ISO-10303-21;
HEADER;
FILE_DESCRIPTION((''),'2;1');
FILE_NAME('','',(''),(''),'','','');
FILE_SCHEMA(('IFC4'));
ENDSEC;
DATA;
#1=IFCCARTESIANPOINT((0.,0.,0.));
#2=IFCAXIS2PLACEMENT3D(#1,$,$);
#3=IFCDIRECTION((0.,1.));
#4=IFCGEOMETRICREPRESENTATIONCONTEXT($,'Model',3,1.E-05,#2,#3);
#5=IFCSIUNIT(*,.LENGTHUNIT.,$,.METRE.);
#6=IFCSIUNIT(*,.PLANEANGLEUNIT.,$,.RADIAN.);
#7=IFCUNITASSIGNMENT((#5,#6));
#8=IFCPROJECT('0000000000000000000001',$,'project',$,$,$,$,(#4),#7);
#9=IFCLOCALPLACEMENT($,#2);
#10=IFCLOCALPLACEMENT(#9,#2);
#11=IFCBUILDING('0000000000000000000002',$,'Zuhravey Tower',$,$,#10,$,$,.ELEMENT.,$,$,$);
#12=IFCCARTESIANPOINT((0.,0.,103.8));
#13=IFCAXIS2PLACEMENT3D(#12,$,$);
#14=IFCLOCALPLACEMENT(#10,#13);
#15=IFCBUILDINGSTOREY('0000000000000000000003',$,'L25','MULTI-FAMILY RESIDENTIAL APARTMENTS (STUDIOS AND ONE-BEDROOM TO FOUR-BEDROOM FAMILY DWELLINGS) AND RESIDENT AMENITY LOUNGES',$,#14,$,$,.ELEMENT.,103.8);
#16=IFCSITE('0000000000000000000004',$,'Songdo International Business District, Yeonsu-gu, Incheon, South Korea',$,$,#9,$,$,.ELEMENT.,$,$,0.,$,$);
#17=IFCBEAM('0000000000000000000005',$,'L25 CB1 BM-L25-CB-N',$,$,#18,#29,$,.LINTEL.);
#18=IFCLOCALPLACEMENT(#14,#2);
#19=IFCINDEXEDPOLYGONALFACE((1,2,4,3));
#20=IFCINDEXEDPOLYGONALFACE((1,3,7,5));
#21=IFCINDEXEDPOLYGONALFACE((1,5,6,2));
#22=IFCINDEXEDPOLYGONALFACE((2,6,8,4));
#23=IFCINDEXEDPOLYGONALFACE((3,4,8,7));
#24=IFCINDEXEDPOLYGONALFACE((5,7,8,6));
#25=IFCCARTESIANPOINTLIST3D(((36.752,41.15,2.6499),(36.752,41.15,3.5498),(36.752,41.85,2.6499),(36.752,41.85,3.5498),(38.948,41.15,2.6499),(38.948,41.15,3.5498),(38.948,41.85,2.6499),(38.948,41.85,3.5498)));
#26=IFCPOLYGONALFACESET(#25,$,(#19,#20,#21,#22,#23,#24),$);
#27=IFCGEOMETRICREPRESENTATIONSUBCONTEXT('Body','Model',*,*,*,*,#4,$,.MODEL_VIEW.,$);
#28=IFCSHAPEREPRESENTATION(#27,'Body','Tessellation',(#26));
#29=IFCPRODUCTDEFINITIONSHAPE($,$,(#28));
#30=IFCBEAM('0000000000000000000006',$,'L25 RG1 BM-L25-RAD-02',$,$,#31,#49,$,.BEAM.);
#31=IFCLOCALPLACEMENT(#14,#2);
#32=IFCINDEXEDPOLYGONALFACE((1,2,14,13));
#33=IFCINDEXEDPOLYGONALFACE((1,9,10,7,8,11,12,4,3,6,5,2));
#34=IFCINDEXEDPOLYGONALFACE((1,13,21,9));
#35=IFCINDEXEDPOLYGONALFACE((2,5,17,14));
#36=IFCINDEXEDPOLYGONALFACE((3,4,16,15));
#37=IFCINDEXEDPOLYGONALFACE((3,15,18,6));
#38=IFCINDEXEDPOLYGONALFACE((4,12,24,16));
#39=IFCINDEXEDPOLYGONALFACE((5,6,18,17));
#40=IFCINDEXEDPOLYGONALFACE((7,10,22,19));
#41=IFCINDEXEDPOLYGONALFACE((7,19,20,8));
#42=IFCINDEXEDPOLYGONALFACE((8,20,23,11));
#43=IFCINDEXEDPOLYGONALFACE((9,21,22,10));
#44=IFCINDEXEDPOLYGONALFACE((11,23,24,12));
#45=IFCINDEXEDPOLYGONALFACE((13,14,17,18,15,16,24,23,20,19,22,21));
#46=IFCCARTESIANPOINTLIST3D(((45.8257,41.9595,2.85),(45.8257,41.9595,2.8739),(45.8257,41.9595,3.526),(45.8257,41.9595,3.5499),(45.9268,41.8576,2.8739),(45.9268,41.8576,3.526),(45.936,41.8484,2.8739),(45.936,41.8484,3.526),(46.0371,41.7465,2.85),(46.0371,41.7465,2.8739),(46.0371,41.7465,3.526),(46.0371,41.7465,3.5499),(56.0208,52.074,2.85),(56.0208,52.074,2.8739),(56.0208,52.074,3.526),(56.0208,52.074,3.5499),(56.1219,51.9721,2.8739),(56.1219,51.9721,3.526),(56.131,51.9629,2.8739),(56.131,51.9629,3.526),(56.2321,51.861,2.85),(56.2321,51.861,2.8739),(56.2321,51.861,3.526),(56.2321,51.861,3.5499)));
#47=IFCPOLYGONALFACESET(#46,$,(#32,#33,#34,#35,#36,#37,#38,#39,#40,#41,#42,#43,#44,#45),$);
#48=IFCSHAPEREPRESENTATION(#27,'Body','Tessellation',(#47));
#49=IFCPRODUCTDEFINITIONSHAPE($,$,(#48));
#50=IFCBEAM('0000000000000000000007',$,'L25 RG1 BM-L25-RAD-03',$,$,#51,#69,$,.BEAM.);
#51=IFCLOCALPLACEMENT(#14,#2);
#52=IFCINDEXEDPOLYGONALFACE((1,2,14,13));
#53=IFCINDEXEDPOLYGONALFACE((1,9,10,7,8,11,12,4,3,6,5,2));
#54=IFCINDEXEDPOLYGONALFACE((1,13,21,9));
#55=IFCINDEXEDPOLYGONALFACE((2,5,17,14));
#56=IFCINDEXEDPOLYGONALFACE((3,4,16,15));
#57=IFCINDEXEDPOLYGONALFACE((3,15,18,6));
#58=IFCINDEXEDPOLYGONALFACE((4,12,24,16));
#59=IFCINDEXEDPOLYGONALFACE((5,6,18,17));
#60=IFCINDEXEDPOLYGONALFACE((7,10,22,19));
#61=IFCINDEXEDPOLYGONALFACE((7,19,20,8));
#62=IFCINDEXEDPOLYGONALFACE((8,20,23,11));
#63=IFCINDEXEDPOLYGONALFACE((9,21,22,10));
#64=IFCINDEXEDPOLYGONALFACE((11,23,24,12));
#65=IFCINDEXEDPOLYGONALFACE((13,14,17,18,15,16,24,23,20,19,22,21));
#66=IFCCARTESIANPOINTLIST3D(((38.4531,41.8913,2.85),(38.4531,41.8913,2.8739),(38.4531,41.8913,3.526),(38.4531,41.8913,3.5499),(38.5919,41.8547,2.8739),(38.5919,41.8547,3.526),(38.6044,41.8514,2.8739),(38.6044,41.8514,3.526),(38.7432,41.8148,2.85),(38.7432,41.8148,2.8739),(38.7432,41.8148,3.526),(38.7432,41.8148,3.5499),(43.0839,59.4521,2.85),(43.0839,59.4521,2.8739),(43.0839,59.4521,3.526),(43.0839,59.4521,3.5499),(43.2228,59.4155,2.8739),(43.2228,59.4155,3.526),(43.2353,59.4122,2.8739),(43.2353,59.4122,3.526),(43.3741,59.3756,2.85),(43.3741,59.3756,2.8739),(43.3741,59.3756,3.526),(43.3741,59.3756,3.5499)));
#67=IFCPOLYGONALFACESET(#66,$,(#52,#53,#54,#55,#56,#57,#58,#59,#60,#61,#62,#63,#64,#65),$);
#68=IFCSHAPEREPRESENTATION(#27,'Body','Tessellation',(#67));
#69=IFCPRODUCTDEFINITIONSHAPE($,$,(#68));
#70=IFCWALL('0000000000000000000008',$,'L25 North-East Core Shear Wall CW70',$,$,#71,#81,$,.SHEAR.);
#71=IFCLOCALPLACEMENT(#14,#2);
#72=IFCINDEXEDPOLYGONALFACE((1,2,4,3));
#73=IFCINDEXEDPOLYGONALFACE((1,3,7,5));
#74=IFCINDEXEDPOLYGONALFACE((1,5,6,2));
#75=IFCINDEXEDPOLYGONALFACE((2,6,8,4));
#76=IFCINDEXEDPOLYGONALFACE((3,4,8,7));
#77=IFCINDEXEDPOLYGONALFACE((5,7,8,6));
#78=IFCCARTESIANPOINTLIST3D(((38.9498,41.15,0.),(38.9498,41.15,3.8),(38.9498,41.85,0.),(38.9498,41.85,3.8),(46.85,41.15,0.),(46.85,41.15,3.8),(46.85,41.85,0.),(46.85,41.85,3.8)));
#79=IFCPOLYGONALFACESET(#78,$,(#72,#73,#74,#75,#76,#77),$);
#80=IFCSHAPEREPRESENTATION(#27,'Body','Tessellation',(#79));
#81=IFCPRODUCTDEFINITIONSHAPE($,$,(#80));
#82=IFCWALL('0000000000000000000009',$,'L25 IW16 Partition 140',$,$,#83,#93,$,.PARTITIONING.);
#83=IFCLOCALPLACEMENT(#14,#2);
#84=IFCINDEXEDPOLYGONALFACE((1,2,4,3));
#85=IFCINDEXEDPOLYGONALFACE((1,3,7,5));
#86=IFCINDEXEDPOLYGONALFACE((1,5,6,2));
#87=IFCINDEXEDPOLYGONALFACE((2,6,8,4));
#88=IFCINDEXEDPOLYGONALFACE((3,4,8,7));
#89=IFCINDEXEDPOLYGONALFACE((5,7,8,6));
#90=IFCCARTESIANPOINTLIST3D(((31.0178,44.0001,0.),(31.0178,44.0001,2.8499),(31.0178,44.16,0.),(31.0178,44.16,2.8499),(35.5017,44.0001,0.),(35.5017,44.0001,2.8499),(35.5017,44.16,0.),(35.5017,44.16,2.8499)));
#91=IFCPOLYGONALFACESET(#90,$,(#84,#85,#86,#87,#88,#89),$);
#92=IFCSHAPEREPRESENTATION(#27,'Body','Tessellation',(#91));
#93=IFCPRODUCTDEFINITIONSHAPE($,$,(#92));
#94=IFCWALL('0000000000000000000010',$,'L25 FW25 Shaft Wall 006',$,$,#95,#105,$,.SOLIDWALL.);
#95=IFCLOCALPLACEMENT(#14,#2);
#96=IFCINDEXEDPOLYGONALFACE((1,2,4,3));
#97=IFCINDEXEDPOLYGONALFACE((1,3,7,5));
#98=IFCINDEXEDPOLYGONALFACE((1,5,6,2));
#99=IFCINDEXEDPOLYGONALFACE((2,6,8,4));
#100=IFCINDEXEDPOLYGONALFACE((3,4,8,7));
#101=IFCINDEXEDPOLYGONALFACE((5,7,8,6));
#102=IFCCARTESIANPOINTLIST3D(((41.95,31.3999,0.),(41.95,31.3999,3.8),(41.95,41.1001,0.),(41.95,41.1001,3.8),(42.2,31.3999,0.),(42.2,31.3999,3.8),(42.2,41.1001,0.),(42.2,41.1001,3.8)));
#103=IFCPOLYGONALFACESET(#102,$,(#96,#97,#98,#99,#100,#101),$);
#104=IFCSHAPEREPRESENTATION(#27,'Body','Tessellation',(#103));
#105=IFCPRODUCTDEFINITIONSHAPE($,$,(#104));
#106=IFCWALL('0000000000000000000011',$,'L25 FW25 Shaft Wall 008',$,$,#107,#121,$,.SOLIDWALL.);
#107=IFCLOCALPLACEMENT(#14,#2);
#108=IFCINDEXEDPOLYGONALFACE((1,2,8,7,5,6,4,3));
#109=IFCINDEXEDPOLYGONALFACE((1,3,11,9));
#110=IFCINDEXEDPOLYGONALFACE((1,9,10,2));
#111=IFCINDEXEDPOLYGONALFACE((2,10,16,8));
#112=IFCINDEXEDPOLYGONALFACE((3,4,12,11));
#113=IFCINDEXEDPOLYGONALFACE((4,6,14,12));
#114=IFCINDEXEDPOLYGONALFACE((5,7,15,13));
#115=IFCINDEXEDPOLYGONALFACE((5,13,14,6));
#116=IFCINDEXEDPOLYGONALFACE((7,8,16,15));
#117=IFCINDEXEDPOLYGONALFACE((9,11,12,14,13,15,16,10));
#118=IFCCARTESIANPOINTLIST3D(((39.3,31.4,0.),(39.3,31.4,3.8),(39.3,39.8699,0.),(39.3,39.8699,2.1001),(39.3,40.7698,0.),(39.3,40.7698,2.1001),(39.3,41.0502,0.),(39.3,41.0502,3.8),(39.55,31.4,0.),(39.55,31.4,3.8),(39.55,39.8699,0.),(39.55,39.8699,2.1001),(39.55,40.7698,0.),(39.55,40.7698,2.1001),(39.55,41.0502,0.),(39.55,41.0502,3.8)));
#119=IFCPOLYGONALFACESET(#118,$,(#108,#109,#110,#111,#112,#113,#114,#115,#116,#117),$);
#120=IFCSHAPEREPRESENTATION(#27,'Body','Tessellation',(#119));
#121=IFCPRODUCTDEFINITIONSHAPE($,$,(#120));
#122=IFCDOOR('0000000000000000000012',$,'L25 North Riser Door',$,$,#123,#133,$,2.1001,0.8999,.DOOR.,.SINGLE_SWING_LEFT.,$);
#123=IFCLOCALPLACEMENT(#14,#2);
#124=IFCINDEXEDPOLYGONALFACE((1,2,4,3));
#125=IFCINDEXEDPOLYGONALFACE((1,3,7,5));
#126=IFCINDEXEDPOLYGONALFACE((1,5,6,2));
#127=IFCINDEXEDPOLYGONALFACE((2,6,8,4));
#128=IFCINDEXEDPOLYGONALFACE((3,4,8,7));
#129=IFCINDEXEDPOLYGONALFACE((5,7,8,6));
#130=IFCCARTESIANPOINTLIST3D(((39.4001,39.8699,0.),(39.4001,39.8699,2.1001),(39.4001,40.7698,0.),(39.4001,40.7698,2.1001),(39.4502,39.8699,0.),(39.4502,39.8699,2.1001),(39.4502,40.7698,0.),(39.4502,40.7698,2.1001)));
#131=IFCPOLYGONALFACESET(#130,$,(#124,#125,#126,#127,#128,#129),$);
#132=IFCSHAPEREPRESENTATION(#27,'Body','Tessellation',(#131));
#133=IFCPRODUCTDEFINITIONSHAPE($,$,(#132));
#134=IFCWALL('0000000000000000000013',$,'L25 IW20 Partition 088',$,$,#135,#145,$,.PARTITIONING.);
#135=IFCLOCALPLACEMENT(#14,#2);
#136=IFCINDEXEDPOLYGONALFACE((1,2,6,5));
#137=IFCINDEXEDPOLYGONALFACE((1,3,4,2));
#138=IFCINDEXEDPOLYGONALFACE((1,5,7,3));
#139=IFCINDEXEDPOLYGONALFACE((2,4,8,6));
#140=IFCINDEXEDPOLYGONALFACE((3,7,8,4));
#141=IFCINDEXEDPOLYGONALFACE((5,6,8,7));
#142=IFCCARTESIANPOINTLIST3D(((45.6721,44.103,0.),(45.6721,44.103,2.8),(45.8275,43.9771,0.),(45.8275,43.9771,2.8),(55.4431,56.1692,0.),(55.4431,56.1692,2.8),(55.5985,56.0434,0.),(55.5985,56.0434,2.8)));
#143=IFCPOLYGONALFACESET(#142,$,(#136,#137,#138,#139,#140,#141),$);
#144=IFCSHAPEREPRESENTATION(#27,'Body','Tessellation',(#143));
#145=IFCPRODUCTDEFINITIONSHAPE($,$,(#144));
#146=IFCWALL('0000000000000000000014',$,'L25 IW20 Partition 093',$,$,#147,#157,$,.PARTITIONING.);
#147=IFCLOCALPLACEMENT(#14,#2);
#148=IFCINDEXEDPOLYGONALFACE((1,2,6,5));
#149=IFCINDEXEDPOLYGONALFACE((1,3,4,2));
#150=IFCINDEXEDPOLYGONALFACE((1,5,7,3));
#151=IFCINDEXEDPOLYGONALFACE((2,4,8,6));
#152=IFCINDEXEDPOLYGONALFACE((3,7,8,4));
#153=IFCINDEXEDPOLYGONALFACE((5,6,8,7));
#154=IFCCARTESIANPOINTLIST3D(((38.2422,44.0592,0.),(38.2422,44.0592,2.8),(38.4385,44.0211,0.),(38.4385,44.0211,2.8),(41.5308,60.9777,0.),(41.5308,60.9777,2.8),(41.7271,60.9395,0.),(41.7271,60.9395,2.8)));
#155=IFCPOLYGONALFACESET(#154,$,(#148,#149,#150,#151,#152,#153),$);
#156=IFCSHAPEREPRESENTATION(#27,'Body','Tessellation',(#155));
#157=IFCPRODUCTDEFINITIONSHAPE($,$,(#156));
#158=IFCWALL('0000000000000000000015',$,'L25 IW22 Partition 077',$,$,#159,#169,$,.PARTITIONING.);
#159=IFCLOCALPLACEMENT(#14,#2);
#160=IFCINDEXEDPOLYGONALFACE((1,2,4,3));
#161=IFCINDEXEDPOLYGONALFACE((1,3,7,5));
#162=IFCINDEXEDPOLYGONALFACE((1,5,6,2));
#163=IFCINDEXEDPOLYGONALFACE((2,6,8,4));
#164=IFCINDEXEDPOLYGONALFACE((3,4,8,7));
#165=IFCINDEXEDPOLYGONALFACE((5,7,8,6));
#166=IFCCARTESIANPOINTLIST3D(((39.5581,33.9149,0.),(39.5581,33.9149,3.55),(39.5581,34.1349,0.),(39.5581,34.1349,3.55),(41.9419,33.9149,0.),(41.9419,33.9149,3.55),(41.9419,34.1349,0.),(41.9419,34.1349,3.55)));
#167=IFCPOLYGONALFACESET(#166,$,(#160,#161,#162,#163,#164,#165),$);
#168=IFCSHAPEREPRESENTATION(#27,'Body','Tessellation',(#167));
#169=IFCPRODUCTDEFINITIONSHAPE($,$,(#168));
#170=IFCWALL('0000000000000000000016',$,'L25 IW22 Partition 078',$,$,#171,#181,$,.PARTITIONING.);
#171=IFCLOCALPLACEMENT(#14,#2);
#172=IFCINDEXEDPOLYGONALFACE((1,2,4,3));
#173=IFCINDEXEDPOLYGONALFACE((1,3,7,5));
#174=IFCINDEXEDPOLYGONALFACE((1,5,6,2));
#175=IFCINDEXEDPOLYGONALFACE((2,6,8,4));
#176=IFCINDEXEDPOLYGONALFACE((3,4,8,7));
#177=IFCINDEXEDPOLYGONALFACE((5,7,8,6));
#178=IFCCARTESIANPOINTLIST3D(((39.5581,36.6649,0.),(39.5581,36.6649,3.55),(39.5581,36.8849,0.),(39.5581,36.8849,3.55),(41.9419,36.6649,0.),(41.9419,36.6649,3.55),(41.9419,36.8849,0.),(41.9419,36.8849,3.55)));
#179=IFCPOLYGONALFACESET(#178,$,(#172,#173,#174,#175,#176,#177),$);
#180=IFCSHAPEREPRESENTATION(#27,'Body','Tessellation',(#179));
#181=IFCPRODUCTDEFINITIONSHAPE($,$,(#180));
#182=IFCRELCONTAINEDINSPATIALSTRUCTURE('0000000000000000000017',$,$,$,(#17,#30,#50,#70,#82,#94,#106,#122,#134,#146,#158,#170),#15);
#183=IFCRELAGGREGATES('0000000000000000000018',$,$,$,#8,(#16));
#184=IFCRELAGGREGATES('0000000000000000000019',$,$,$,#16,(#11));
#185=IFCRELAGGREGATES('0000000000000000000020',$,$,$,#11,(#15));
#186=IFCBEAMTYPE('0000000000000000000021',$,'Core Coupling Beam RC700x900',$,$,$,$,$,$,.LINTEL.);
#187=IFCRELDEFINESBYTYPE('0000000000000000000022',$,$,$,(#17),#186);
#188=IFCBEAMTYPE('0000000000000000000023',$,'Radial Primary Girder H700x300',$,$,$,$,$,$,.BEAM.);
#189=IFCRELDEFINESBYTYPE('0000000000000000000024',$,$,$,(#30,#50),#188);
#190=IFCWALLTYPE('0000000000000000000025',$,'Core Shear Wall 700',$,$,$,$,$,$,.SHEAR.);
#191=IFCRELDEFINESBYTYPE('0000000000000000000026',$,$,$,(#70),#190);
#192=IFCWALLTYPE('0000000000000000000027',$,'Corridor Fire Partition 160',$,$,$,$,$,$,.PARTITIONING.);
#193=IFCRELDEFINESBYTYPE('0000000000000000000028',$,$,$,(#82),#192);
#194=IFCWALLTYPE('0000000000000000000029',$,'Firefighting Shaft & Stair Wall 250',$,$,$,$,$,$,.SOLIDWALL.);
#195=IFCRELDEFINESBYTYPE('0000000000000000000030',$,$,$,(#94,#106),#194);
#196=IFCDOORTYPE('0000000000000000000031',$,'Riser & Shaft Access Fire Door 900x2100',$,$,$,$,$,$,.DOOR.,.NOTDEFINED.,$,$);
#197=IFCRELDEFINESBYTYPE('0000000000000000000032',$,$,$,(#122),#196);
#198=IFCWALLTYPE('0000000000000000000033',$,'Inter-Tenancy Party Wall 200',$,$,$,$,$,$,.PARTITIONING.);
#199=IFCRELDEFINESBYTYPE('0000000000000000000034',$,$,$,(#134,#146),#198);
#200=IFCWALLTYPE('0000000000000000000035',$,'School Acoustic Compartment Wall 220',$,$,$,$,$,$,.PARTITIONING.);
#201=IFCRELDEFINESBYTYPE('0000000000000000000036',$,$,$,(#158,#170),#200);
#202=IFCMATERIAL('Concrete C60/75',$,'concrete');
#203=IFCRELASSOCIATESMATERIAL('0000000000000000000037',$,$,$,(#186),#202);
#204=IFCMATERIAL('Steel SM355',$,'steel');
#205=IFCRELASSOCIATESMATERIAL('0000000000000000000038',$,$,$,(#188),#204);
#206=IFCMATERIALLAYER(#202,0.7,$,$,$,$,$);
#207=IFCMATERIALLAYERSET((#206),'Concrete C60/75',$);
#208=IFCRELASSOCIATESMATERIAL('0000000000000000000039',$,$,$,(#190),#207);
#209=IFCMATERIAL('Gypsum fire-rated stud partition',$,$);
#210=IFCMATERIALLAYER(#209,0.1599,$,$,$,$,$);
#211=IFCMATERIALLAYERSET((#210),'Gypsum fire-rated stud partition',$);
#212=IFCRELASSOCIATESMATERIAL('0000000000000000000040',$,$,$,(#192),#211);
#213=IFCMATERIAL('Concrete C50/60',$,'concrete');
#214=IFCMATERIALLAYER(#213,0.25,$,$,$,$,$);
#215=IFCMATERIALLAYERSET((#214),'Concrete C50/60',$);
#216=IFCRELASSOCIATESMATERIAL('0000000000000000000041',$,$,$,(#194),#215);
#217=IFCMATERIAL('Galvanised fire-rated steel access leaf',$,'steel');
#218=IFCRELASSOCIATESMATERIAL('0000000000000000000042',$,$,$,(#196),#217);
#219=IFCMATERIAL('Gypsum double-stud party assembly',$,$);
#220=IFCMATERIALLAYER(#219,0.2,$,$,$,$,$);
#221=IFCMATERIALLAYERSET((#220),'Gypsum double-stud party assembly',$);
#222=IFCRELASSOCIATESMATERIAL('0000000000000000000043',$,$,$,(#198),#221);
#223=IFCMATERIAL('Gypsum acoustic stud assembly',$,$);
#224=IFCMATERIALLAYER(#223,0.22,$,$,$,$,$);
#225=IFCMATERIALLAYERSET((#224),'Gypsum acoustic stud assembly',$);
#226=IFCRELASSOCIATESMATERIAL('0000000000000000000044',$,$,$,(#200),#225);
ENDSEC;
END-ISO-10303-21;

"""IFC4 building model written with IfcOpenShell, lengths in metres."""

from ifc_helpers import new_model, si_unit, direction, frame, frame_2d, origin, origin_2d, place, context, subcontext, project, spatial, rectangle, i_section, extrude, material, layer, layer_set, material_profile, profile_set, type_object, element, fill, save


model = new_model("IFC4")

# Units and contexts
model_context = context("Model", 3, precision=1e-05, world=origin(), true_north=direction((0.0, 1.0)))
body_context = subcontext(model_context, "Body", "Model", "MODEL_VIEW")
ifc_project = project(units=[si_unit("LENGTHUNIT", "METRE"), si_unit("PLANEANGLEUNIT", "RADIAN")], contexts=[model_context])

# Site, building, storey
site_placement = place(None, origin())
site = spatial("IfcSite", under=ifc_project, at=site_placement, Name="Songdo International Business District, Yeonsu-gu, Incheon, South Korea", CompositionType="ELEMENT", RefElevation=0.0)
building_placement = place(site_placement, origin())
building = spatial("IfcBuilding", under=site, at=building_placement, Name="Zuhravey Tower", CompositionType="ELEMENT")
storey_placement = place(building_placement, frame((0.0, 0.0, 103.8)))
storey = spatial("IfcBuildingStorey", under=building, at=storey_placement, Name="L25", Description="MULTI-FAMILY RESIDENTIAL APARTMENTS (STUDIOS AND ONE-BEDROOM TO FOUR-BEDROOM FAMILY DWELLINGS) AND RESIDENT AMENITY LOUNGES", CompositionType="ELEMENT", Elevation=103.8)

# Beams
ifc_material_1 = material(Name="Concrete C60/75", Category="concrete")
ifc_material_profile_1 = material_profile(ifc_material_1, rectangle(XDim=0.7, YDim=0.8999, at=origin_2d()), Name="RC-700x900")
ifc_profile_set_1 = profile_set([ifc_material_profile_1], Name="Concrete C60/75")
beam_type_1 = type_object("IfcBeamType", Name="Core Coupling Beam RC700x900", PredefinedType="LINTEL", material=ifc_profile_set_1)
beam_1_placement = place(storey_placement, frame((36.752, 41.5, 3.0999), z_axis=(1.0, 0.0, 0.0), x_axis=(0.0, 1.0, 0.0)))
element("IfcBeam", 1, at=beam_1_placement, inside=storey, type_object=beam_type_1, Name="L25 CB1 BM-L25-CB-N", PredefinedType="LINTEL", context=body_context, shape_type="SweptSolid", body=[
    extrude(rectangle(XDim=0.7, YDim=0.8999, at=origin_2d()), origin(), (0.0, 0.0, 1.0), 2.196),
])
ifc_material_2 = material(Name="Steel SM355", Category="steel")
ifc_material_profile_2 = material_profile(ifc_material_2, i_section(OverallWidth=0.3, OverallDepth=0.7, WebThickness=0.0129, FlangeThickness=0.0239, at=origin_2d()), Name="H-700x300x13x24")
ifc_profile_set_2 = profile_set([ifc_material_profile_2], Name="Steel SM355")
beam_type_2 = type_object("IfcBeamType", Name="Radial Primary Girder H700x300", PredefinedType="BEAM", material=ifc_profile_set_2)
beam_2_placement = place(storey_placement, frame((45.9314, 41.853, 3.2), z_axis=(0.709906, 0.704296, 0.0), x_axis=(-0.704296, 0.709906, 0.0)))
element("IfcBeam", 2, at=beam_2_placement, inside=storey, type_object=beam_type_2, Name="L25 RG1 BM-L25-RAD-02", PredefinedType="BEAM", context=body_context, shape_type="SweptSolid", body=[
    extrude(i_section(OverallWidth=0.3, OverallDepth=0.7, WebThickness=0.0129, FlangeThickness=0.0239, at=origin_2d()), origin(), (0.0, 0.0, 1.0), 14.3611),
])
beam_3_placement = place(storey_placement, frame((38.5981, 41.853, 3.2), z_axis=(0.254988, 0.966944, 0.0), x_axis=(-0.966944, 0.254988, 0.0)))
element("IfcBeam", 3, at=beam_3_placement, inside=storey, type_object=beam_type_2, Name="L25 RG1 BM-L25-RAD-03", PredefinedType="BEAM", context=body_context, shape_type="SweptSolid", body=[
    extrude(i_section(OverallWidth=0.3, OverallDepth=0.7, WebThickness=0.0129, FlangeThickness=0.0239, at=origin_2d()), origin(), (0.0, 0.0, 1.0), 18.1611),
])

# Wall
ifc_layer_1 = layer(ifc_material_1, 0.7)
ifc_layer_set_1 = layer_set([ifc_layer_1], Name="Concrete C60/75")
wall_type_1 = type_object("IfcWallType", Name="Core Shear Wall 700", PredefinedType="SHEAR", material=ifc_layer_set_1)
wall_1_placement = place(storey_placement, frame((46.8501, 41.5, 0.0), z_axis=(0.0, 0.0, 1.0), x_axis=(-1.0, 0.0, 0.0)))
element("IfcWall", 4, at=wall_1_placement, inside=storey, type_object=wall_type_1, Name="L25 North-East Core Shear Wall CW70", PredefinedType="SHEAR", context=body_context, shape_type="SweptSolid", body=[
    extrude(rectangle(XDim=7.9001, YDim=0.7, at=frame_2d((3.9502, 0.0))), origin(), (0.0, 0.0, 1.0), 3.8),
])

# Shared definitions
ifc_material_3 = material(Name="Gypsum fire-rated stud partition")
ifc_layer_2 = layer(ifc_material_3, 0.1599)
ifc_layer_set_2 = layer_set([ifc_layer_2], Name="Gypsum fire-rated stud partition")
wall_type_2 = type_object("IfcWallType", Name="Corridor Fire Partition 160", PredefinedType="PARTITIONING", material=ifc_layer_set_2)

# Wall
wall_2_placement = place(storey_placement, frame((35.5017, 44.0801, 0.0), z_axis=(0.0, 0.0, 1.0), x_axis=(-1.0, 0.0, 0.0)))
element("IfcWall", 5, at=wall_2_placement, inside=storey, type_object=wall_type_2, Name="L25 IW16 Partition 140", PredefinedType="PARTITIONING", context=body_context, shape_type="SweptSolid", body=[
    extrude(rectangle(XDim=4.4839, YDim=0.1599, at=frame_2d((2.2419, 0.0))), origin(), (0.0, 0.0, 1.0), 2.8499),
])

# Shared definitions
ifc_material_4 = material(Name="Concrete C50/60", Category="concrete")
ifc_layer_3 = layer(ifc_material_4, 0.25)
ifc_layer_set_3 = layer_set([ifc_layer_3], Name="Concrete C50/60")
wall_type_3 = type_object("IfcWallType", Name="Firefighting Shaft & Stair Wall 250", PredefinedType="SOLIDWALL", material=ifc_layer_set_3)

# Wall
wall_3_placement = place(storey_placement, frame((42.075, 31.3999, 0.0), z_axis=(0.0, 0.0, 1.0), x_axis=(0.0, 1.0, 0.0)))
element("IfcWall", 6, at=wall_3_placement, inside=storey, type_object=wall_type_3, Name="L25 FW25 Shaft Wall 006", PredefinedType="SOLIDWALL", context=body_context, shape_type="SweptSolid", body=[
    extrude(rectangle(XDim=9.7002, YDim=0.25, at=frame_2d((4.8501, 0.0))), origin(), (0.0, 0.0, 1.0), 3.8),
])

# Wall, opening, door
wall_4_placement = place(storey_placement, frame((39.425, 31.3999, 0.0), z_axis=(0.0, 0.0, 1.0), x_axis=(0.0, 1.0, 0.0)))
wall_4 = element("IfcWall", 7, at=wall_4_placement, inside=storey, type_object=wall_type_3, Name="L25 FW25 Shaft Wall 008", PredefinedType="SOLIDWALL", context=body_context, shape_type="SweptSolid", body=[
    extrude(rectangle(XDim=9.6501, YDim=0.25, at=frame_2d((4.8252, 0.0))), origin(), (0.0, 0.0, 1.0), 3.8),
])
opening_1_placement = place(wall_4_placement, frame((8.47, 0.0, 0.0)))
opening_1 = element("IfcOpeningElement", 8, at=opening_1_placement, cuts=wall_4, PredefinedType="OPENING", context=body_context, shape_type="SweptSolid", body=[
    extrude(rectangle(XDim=0.8999, YDim=2.1001, at=frame_2d((0.45, 1.05))), frame((0.0, 0.137, 0.0), z_axis=(0.0, -1.0, 0.0), x_axis=(1.0, 0.0, 0.0)), (0.0, 0.0, 1.0), 0.2739),
])
ifc_material_5 = material(Name="Galvanised fire-rated steel access leaf", Category="steel")
door_type_1 = type_object("IfcDoorType", Name="Riser & Shaft Access Fire Door 900x2100", OperationType="NOTDEFINED", PredefinedType="DOOR", material=ifc_material_5)
door_1_placement = place(opening_1_placement, origin())
door_1 = element("IfcDoor", 9, at=door_1_placement, inside=storey, type_object=door_type_1, Name="L25 North Riser Door", OperationType="SINGLE_SWING_LEFT", OverallHeight=2.1001, OverallWidth=0.8999, PredefinedType="DOOR", context=body_context, shape_type="SweptSolid", body=[
    extrude(rectangle(XDim=0.8999, YDim=2.1001, at=frame_2d((0.45, 1.05))), frame((0.0, 0.0249, 0.0), z_axis=(0.0, -1.0, 0.0), x_axis=(1.0, 0.0, 0.0)), (0.0, 0.0, 1.0), 0.05),
])
fill(opening_1, door_1)

# Walls
ifc_material_6 = material(Name="Gypsum double-stud party assembly")
ifc_layer_4 = layer(ifc_material_6, 0.2)
ifc_layer_set_4 = layer_set([ifc_layer_4], Name="Gypsum double-stud party assembly")
wall_type_4 = type_object("IfcWallType", Name="Inter-Tenancy Party Wall 200", PredefinedType="PARTITIONING", material=ifc_layer_set_4)
wall_5_placement = place(storey_placement, frame((45.7498, 44.04, 0.0), z_axis=(0.0, 0.0, 1.0), x_axis=(0.629321, 0.777146, 0.0)))
element("IfcWall", 10, at=wall_5_placement, inside=storey, type_object=wall_type_4, Name="L25 IW20 Partition 088", PredefinedType="PARTITIONING", context=body_context, shape_type="SweptSolid", body=[
    extrude(rectangle(XDim=15.5264, YDim=0.2, at=frame_2d((7.7632, 0.0))), origin(), (0.0, 0.0, 1.0), 2.8),
])
wall_6_placement = place(storey_placement, frame((38.3403, 44.04, 0.0), z_axis=(0.0, 0.0, 1.0), x_axis=(0.190807, 0.981628, 0.0)))
element("IfcWall", 11, at=wall_6_placement, inside=storey, type_object=wall_type_4, Name="L25 IW20 Partition 093", PredefinedType="PARTITIONING", context=body_context, shape_type="SweptSolid", body=[
    extrude(rectangle(XDim=17.2351, YDim=0.2, at=frame_2d((8.6177, 0.0))), origin(), (0.0, 0.0, 1.0), 2.8),
])
ifc_material_7 = material(Name="Gypsum acoustic stud assembly")
ifc_layer_5 = layer(ifc_material_7, 0.22)
ifc_layer_set_5 = layer_set([ifc_layer_5], Name="Gypsum acoustic stud assembly")
wall_type_5 = type_object("IfcWallType", Name="School Acoustic Compartment Wall 220", PredefinedType="PARTITIONING", material=ifc_layer_set_5)
for number, where, z_axis, x_axis, name in (
    (12, (39.5581, 34.0249, 0.0), (0.0, 0.0, 1.0), (1.0, 0.0, 0.0), "L25 IW22 Partition 077"),
    (13, (39.5581, 36.7749, 0.0), (0.0, 0.0, 1.0), (1.0, 0.0, 0.0), "L25 IW22 Partition 078"),
):
    element("IfcWall", number, at=place(storey_placement, frame(where, z_axis=z_axis, x_axis=x_axis)), inside=storey, type_object=wall_type_5, Name=name, PredefinedType="PARTITIONING", context=body_context, shape_type="SweptSolid", body=[
        extrude(rectangle(XDim=2.3838, YDim=0.22, at=frame_2d((1.1919, 0.0))), origin(), (0.0, 0.0, 1.0), 3.55),
    ])

save(model, "model.ifc")
